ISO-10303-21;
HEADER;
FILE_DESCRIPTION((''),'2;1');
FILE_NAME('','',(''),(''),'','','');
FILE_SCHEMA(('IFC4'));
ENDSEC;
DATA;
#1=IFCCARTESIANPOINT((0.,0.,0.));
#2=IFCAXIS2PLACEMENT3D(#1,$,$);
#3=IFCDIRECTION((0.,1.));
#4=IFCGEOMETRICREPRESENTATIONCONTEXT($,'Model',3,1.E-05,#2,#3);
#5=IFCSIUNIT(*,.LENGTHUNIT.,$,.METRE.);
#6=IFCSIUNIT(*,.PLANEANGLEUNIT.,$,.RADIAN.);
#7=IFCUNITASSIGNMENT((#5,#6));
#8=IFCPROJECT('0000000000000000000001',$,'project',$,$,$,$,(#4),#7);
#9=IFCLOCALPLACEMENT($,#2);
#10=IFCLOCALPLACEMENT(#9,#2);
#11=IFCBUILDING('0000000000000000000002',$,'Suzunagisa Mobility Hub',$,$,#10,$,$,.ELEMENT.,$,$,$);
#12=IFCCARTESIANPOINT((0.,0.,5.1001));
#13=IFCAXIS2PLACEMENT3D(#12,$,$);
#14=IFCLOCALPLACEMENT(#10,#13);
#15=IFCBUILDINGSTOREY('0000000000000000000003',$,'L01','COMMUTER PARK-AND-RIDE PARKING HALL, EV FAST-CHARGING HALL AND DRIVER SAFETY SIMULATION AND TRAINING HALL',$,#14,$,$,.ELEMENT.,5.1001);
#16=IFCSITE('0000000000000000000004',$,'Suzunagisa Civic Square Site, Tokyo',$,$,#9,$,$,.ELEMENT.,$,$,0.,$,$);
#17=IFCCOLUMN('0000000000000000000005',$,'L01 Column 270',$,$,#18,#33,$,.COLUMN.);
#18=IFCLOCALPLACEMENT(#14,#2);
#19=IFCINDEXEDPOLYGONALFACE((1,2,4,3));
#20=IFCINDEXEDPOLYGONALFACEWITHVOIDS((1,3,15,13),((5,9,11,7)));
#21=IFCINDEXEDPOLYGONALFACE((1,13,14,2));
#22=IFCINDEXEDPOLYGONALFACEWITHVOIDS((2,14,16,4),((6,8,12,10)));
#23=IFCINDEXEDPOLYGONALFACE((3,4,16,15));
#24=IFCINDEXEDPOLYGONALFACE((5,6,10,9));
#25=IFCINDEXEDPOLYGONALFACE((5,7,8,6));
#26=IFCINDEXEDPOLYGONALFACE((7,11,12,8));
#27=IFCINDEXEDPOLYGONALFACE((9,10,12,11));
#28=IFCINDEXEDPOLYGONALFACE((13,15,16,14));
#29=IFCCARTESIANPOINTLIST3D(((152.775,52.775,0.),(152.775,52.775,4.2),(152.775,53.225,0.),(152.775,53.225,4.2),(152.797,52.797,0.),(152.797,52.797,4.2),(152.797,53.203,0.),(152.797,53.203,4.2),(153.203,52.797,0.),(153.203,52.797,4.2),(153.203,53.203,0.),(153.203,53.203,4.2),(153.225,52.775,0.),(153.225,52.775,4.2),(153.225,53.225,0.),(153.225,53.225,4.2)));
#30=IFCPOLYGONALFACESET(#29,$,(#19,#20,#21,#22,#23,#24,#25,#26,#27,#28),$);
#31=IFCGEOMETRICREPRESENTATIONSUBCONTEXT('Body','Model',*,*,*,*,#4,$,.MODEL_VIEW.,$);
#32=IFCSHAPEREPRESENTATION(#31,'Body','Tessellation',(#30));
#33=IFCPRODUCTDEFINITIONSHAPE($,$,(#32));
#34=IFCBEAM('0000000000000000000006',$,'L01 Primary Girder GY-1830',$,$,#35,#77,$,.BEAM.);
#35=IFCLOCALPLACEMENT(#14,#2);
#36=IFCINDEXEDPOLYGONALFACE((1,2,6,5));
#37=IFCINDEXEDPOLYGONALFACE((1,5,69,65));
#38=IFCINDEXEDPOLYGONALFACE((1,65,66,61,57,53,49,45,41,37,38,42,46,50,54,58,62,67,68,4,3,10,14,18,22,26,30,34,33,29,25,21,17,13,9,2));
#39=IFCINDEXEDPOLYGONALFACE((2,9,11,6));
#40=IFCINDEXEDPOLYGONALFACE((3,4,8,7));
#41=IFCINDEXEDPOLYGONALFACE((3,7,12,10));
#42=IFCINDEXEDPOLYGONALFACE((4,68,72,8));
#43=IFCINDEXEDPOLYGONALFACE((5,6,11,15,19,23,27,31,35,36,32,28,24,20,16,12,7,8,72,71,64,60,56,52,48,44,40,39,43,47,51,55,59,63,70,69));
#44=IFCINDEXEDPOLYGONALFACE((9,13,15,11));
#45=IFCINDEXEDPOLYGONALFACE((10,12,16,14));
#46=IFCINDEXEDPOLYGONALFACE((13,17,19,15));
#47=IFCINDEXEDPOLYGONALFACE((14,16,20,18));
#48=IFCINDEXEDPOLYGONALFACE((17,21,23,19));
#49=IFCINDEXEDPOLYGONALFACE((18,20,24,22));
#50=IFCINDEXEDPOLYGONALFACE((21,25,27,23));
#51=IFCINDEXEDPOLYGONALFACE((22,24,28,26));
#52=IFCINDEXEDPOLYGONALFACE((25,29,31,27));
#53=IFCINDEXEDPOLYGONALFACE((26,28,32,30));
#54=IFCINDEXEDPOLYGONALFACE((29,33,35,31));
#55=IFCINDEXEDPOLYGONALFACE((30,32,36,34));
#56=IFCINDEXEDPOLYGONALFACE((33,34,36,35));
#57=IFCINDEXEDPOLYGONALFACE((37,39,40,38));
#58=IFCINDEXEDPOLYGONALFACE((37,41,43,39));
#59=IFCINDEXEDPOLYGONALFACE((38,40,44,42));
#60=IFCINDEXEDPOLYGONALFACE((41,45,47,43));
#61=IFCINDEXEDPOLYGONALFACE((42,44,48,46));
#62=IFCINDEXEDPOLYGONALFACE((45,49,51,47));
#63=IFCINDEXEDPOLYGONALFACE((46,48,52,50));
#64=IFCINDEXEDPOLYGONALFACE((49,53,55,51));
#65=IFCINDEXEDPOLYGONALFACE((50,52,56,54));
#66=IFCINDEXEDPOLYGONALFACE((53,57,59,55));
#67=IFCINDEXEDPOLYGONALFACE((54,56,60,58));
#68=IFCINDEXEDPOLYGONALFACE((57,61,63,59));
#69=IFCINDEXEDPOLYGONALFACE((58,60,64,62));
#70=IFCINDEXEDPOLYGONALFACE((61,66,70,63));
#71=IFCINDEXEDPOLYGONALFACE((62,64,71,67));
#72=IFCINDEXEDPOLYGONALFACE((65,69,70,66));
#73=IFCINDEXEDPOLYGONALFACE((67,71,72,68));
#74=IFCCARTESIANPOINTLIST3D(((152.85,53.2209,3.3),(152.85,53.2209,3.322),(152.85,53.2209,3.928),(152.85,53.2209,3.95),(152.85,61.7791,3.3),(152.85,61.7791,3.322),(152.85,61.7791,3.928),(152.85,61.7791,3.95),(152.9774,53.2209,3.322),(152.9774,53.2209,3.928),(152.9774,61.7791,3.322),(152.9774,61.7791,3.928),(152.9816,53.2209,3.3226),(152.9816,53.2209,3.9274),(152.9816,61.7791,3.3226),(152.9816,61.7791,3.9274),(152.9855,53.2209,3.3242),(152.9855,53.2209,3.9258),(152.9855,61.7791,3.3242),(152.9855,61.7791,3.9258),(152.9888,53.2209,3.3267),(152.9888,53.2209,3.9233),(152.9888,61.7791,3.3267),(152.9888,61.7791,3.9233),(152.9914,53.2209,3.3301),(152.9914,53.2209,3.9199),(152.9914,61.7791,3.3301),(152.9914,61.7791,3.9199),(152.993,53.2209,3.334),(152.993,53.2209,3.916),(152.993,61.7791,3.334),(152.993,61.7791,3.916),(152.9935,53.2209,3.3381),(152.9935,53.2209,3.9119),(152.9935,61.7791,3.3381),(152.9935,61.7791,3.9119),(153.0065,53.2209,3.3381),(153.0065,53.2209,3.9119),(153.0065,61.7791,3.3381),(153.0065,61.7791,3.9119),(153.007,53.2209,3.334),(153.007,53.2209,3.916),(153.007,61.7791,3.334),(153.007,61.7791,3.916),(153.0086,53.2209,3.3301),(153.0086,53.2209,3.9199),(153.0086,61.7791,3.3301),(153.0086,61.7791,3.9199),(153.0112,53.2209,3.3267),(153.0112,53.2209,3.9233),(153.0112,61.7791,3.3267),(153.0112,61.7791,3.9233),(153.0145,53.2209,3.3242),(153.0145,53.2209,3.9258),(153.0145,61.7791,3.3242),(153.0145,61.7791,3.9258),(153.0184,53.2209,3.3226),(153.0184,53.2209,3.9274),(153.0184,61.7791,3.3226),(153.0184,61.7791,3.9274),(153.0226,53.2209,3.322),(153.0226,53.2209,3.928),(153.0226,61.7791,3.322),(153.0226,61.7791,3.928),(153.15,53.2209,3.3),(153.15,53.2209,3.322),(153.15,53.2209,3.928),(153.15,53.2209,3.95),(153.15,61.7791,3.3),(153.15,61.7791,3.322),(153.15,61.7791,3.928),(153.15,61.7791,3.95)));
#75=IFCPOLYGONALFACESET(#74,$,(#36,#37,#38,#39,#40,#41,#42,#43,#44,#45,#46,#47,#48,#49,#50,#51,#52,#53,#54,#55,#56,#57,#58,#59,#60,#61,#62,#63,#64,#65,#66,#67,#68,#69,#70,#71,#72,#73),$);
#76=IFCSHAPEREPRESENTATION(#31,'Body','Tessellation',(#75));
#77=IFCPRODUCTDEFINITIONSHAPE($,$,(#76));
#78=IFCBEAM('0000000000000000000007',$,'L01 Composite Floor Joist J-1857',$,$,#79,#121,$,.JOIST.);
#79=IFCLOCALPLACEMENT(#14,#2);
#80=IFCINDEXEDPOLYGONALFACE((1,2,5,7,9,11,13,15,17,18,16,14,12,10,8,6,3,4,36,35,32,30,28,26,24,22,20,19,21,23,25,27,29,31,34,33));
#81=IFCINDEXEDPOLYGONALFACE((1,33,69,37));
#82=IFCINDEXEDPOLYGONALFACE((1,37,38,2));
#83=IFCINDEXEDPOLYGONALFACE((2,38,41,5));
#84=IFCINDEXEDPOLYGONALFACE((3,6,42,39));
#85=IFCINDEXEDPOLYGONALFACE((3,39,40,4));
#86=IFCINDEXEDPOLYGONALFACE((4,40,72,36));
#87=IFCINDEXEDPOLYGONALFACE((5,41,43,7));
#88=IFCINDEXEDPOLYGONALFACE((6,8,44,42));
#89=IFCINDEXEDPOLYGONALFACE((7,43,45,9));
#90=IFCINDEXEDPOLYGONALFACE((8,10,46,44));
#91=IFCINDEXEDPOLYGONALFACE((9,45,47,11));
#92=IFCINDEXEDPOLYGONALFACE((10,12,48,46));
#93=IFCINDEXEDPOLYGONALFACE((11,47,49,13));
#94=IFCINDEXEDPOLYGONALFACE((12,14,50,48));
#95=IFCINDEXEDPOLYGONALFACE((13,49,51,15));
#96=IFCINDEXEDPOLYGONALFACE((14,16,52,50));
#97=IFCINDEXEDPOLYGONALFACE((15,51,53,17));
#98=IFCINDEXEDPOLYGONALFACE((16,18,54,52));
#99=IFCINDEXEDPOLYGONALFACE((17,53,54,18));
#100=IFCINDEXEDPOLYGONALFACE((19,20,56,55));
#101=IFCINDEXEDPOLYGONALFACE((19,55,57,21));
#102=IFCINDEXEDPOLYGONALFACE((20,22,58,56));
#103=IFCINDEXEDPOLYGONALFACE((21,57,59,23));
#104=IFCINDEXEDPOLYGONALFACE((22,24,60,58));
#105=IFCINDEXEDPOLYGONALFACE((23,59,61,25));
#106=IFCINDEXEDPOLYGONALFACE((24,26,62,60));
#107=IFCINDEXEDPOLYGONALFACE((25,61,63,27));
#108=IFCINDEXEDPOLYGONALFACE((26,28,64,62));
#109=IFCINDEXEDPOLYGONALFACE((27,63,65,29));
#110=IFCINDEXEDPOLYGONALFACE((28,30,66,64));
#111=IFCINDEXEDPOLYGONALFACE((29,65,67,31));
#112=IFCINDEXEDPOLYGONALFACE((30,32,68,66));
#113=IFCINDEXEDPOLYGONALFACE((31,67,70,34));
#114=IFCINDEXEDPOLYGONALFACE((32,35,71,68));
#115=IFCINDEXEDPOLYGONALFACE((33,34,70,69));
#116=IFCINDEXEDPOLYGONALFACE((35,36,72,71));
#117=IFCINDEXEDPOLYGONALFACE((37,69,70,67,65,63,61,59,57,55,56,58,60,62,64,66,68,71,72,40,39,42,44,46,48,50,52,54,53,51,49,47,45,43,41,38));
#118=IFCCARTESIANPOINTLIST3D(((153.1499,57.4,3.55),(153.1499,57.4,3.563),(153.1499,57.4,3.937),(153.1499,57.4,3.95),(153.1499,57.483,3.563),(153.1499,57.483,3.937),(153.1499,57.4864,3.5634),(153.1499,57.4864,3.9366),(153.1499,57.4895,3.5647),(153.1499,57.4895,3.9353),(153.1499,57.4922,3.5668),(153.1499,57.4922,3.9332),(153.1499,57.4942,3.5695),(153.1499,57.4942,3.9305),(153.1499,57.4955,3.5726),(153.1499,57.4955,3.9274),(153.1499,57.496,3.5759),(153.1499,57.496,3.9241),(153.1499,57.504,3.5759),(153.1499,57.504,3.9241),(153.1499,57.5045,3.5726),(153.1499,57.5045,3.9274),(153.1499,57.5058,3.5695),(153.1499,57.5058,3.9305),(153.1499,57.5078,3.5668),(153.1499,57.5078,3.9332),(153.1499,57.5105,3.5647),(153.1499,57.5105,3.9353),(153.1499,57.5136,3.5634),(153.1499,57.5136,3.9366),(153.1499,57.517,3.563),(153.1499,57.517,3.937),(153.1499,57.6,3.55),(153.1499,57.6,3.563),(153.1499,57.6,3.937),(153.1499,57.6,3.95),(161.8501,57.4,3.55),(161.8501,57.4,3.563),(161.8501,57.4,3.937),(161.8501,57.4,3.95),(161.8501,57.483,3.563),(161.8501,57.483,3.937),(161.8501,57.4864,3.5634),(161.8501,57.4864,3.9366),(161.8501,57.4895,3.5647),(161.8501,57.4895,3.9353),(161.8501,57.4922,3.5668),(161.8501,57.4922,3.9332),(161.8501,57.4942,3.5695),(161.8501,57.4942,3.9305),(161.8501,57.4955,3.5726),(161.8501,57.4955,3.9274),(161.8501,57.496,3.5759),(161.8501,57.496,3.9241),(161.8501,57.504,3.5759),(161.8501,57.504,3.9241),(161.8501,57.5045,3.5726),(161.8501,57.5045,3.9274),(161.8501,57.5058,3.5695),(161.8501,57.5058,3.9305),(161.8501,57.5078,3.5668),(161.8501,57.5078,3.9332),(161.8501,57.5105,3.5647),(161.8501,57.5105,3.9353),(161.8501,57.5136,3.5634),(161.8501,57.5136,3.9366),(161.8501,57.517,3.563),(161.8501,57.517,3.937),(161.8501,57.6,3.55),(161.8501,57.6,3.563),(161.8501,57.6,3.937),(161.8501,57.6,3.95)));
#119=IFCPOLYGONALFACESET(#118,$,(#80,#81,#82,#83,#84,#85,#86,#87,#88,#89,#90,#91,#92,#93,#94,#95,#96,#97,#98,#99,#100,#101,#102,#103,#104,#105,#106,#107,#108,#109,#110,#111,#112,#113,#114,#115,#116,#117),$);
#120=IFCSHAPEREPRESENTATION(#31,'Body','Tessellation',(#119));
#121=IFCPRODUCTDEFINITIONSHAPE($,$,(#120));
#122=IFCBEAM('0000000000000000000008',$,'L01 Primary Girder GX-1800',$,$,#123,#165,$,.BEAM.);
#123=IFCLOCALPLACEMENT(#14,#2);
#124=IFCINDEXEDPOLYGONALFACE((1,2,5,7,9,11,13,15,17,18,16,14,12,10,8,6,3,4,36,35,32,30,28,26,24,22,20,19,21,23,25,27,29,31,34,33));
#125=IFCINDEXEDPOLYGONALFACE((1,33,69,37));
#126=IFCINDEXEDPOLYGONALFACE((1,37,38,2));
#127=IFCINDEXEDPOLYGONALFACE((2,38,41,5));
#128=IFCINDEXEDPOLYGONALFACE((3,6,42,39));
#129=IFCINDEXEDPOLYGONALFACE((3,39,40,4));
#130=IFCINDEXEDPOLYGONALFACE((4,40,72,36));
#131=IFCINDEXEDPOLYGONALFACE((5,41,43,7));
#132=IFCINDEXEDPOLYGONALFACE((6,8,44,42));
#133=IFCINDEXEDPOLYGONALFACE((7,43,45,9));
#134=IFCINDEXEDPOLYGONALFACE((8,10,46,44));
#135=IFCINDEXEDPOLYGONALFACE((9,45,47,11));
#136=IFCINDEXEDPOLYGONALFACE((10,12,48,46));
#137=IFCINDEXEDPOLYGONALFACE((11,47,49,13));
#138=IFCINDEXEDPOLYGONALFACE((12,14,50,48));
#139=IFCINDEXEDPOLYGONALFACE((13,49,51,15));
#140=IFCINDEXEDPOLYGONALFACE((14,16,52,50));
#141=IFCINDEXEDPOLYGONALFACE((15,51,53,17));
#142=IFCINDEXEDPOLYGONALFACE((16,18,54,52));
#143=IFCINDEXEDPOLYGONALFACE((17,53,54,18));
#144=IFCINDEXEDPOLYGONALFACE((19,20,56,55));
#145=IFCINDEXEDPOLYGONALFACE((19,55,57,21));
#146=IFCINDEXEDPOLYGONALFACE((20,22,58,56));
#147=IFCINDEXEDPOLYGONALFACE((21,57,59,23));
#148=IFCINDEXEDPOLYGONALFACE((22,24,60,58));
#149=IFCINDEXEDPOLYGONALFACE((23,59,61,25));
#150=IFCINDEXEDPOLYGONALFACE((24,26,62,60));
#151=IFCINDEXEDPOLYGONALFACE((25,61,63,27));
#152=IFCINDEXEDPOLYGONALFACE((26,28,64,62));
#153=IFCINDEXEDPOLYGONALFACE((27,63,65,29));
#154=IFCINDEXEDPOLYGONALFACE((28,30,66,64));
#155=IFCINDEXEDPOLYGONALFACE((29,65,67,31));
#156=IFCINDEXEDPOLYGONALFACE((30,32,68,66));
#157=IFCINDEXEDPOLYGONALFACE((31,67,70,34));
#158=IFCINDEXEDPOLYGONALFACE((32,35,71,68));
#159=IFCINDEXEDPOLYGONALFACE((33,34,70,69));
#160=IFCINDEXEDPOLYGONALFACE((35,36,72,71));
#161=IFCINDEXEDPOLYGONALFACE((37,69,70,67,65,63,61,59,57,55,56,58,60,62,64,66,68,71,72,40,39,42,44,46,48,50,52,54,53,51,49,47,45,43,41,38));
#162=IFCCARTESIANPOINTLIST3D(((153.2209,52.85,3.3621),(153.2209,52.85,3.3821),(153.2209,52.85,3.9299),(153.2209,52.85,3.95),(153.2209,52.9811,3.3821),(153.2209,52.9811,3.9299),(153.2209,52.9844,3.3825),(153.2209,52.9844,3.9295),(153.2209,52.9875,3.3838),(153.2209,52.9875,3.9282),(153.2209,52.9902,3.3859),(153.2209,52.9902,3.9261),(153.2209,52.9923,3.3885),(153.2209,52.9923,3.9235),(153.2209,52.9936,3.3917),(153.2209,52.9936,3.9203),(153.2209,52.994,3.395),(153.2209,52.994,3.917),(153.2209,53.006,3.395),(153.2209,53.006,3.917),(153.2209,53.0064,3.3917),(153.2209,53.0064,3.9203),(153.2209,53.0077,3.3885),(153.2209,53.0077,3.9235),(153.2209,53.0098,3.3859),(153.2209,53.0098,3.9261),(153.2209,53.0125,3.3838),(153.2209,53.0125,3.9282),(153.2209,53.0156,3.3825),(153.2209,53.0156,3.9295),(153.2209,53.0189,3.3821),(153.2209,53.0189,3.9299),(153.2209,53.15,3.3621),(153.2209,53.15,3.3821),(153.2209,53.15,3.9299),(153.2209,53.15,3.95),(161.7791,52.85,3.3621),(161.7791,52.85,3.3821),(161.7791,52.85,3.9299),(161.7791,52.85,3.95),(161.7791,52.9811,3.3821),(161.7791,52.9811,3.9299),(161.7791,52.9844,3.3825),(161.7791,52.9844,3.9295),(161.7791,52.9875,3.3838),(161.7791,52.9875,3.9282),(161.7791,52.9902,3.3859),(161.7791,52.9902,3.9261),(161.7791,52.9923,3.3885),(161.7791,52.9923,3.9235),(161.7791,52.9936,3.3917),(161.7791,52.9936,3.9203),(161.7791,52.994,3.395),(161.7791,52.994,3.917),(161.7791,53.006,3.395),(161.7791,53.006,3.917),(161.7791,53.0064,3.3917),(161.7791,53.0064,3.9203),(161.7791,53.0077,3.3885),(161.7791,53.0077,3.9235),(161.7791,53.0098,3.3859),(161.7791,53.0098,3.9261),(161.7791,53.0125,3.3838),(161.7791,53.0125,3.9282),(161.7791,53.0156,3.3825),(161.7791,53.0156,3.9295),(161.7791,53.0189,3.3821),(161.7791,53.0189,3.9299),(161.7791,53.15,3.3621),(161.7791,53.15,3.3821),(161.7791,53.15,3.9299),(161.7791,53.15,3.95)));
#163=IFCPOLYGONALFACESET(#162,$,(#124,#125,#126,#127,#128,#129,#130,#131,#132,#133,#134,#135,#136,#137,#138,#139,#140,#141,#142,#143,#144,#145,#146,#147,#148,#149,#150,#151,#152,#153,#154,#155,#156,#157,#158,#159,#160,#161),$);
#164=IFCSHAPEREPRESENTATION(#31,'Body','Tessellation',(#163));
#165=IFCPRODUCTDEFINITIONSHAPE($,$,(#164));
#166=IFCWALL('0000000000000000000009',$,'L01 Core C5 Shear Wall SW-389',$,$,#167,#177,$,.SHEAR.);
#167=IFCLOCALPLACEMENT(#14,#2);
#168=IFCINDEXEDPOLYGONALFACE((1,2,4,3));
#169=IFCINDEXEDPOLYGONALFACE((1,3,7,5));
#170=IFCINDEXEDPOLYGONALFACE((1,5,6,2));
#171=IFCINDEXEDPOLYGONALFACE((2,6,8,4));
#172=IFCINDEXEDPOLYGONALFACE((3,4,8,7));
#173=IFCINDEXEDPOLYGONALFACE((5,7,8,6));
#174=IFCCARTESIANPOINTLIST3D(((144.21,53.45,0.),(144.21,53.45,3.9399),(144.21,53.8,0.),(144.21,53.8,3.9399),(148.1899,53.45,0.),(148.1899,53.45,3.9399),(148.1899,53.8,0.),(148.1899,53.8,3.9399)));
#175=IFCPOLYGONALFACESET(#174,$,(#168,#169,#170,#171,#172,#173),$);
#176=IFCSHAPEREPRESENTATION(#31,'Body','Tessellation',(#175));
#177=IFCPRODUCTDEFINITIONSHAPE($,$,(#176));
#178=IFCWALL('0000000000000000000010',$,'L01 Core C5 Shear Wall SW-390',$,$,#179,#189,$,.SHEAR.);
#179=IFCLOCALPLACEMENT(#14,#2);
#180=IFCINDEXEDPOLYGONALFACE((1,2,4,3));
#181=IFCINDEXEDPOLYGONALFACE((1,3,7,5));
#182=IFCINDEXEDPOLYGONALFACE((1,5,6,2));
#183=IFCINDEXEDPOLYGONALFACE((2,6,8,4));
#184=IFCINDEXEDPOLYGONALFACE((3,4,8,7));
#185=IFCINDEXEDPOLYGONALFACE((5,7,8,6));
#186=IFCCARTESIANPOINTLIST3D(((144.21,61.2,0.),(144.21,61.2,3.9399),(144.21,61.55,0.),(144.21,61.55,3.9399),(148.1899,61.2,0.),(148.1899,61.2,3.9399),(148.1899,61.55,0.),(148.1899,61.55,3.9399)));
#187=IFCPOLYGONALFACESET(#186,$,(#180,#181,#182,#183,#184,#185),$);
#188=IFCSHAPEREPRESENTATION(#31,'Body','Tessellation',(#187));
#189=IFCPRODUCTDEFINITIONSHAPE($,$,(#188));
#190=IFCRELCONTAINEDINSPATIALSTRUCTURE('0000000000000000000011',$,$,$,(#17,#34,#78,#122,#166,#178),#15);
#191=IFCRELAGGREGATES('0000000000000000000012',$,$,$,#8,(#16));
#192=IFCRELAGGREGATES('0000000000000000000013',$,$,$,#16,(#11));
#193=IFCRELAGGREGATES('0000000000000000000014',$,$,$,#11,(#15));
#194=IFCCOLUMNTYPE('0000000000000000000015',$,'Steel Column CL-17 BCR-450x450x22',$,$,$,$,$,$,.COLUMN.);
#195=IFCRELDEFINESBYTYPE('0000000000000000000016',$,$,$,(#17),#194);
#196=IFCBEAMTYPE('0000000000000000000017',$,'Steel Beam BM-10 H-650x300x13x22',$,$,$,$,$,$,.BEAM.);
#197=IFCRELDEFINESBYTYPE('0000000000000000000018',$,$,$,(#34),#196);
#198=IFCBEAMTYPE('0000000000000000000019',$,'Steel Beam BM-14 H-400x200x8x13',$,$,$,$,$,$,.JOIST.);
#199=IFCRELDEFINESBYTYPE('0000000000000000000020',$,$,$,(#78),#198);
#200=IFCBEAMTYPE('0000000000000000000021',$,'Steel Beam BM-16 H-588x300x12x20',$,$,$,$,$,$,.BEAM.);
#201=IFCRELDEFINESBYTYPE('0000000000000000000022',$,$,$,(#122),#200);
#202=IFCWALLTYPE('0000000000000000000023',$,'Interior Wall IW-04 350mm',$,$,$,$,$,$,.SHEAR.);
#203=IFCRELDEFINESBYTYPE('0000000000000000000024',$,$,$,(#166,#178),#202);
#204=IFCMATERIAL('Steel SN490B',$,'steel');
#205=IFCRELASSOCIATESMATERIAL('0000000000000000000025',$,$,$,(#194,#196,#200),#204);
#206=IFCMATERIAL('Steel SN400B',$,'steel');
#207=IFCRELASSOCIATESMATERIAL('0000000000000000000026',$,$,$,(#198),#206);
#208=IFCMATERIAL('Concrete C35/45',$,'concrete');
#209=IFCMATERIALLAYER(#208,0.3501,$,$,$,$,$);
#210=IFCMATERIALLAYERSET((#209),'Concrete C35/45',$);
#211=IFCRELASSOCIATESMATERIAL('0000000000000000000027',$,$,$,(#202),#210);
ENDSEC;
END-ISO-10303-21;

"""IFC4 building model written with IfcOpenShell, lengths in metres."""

from ifc_helpers import new_model, si_unit, direction, frame, frame_2d, origin, origin_2d, place, context, subcontext, project, spatial, rectangle, hollow_rectangle, i_section, extrude, material, layer, layer_set, material_profile, profile_set, type_object, element, save


model = new_model("IFC4")

# Units and contexts
model_context = context("Model", 3, precision=1e-05, world=origin(), true_north=direction((0.0, 1.0)))
body_context = subcontext(model_context, "Body", "Model", "MODEL_VIEW")
ifc_project = project(units=[si_unit("LENGTHUNIT", "METRE"), si_unit("PLANEANGLEUNIT", "RADIAN")], contexts=[model_context])

# Site, building, storey
site_placement = place(None, origin())
site = spatial("IfcSite", under=ifc_project, at=site_placement, Name="Suzunagisa Civic Square Site, Tokyo", CompositionType="ELEMENT", RefElevation=0.0)
building_placement = place(site_placement, origin())
building = spatial("IfcBuilding", under=site, at=building_placement, Name="Suzunagisa Mobility Hub", CompositionType="ELEMENT")
storey_placement = place(building_placement, frame((0.0, 0.0, 5.1001)))
storey = spatial("IfcBuildingStorey", under=building, at=storey_placement, Name="L01", Description="COMMUTER PARK-AND-RIDE PARKING HALL, EV FAST-CHARGING HALL AND DRIVER SAFETY SIMULATION AND TRAINING HALL", CompositionType="ELEMENT", Elevation=5.1001)

# Column
ifc_material_1 = material(Name="Steel SN490B", Category="steel")
ifc_material_profile_1 = material_profile(ifc_material_1, hollow_rectangle(XDim=0.45, YDim=0.45, WallThickness=0.022, at=origin_2d()), Name="BCR-450x450x22")
ifc_profile_set_1 = profile_set([ifc_material_profile_1], Name="Steel SN490B")
column_type = type_object("IfcColumnType", Name="Steel Column CL-17 BCR-450x450x22", PredefinedType="COLUMN", material=ifc_profile_set_1)
column_placement = place(storey_placement, frame((153.0, 53.0, 0.0), z_axis=(0.0, 0.0, 1.0), x_axis=(1.0, 0.0, 0.0)))
element("IfcColumn", 1, at=column_placement, inside=storey, type_object=column_type, Name="L01 Column 270", PredefinedType="COLUMN", context=body_context, shape_type="SweptSolid", body=[
    extrude(hollow_rectangle(XDim=0.45, YDim=0.45, WallThickness=0.022, at=origin_2d()), origin(), (0.0, 0.0, 1.0), 4.2),
])

# Beams
ifc_material_profile_2 = material_profile(ifc_material_1, i_section(OverallWidth=0.3, OverallDepth=0.6499, WebThickness=0.0129, FlangeThickness=0.022, FilletRadius=0.0161, at=origin_2d()), Name="H-650x300x13x22")
ifc_profile_set_2 = profile_set([ifc_material_profile_2], Name="Steel SN490B")
beam_type_1 = type_object("IfcBeamType", Name="Steel Beam BM-10 H-650x300x13x22", PredefinedType="BEAM", material=ifc_profile_set_2)
beam_1_placement = place(storey_placement, frame((153.0, 53.2209, 3.625), z_axis=(0.0, 1.0, 0.0), x_axis=(-1.0, 0.0, 0.0)))
element("IfcBeam", 2, at=beam_1_placement, inside=storey, type_object=beam_type_1, Name="L01 Primary Girder GY-1830", PredefinedType="BEAM", context=body_context, shape_type="SweptSolid", body=[
    extrude(i_section(OverallWidth=0.3, OverallDepth=0.6499, WebThickness=0.0129, FlangeThickness=0.022, FilletRadius=0.0161, at=origin_2d()), origin(), (0.0, 0.0, 1.0), 8.5581),
])
ifc_material_2 = material(Name="Steel SN400B", Category="steel")
ifc_material_profile_3 = material_profile(ifc_material_2, i_section(OverallWidth=0.2, OverallDepth=0.3999, WebThickness=0.0081, FlangeThickness=0.0129, FilletRadius=0.0129, at=origin_2d()), Name="H-400x200x8x13")
ifc_profile_set_3 = profile_set([ifc_material_profile_3], Name="Steel SN400B")
beam_type_2 = type_object("IfcBeamType", Name="Steel Beam BM-14 H-400x200x8x13", PredefinedType="JOIST", material=ifc_profile_set_3)
beam_2_placement = place(storey_placement, frame((153.1499, 57.5, 3.75), z_axis=(1.0, 0.0, 0.0), x_axis=(0.0, 1.0, 0.0)))
element("IfcBeam", 3, at=beam_2_placement, inside=storey, type_object=beam_type_2, Name="L01 Composite Floor Joist J-1857", PredefinedType="JOIST", context=body_context, shape_type="SweptSolid", body=[
    extrude(i_section(OverallWidth=0.2, OverallDepth=0.3999, WebThickness=0.0081, FlangeThickness=0.0129, FilletRadius=0.0129, at=origin_2d()), origin(), (0.0, 0.0, 1.0), 8.7002),
])
ifc_material_profile_4 = material_profile(ifc_material_1, i_section(OverallWidth=0.3, OverallDepth=0.5879, WebThickness=0.012, FlangeThickness=0.02, FilletRadius=0.0129, at=origin_2d()), Name="H-588x300x12x20")
ifc_profile_set_4 = profile_set([ifc_material_profile_4], Name="Steel SN490B")
beam_type_3 = type_object("IfcBeamType", Name="Steel Beam BM-16 H-588x300x12x20", PredefinedType="BEAM", material=ifc_profile_set_4)
beam_3_placement = place(storey_placement, frame((153.2209, 53.0, 3.656), z_axis=(1.0, 0.0, 0.0), x_axis=(0.0, 1.0, 0.0)))
element("IfcBeam", 4, at=beam_3_placement, inside=storey, type_object=beam_type_3, Name="L01 Primary Girder GX-1800", PredefinedType="BEAM", context=body_context, shape_type="SweptSolid", body=[
    extrude(i_section(OverallWidth=0.3, OverallDepth=0.5879, WebThickness=0.012, FlangeThickness=0.02, FilletRadius=0.0129, at=origin_2d()), origin(), (0.0, 0.0, 1.0), 8.5581),
])

# Walls
ifc_material_3 = material(Name="Concrete C35/45", Category="concrete")
ifc_layer = layer(ifc_material_3, 0.3501)
ifc_layer_set = layer_set([ifc_layer], Name="Concrete C35/45")
wall_type = type_object("IfcWallType", Name="Interior Wall IW-04 350mm", PredefinedType="SHEAR", material=ifc_layer_set)
for number, where, z_axis, x_axis, name in (
    (5, (144.21, 53.625, 0.0), (0.0, 0.0, 1.0), (1.0, 0.0, 0.0), "L01 Core C5 Shear Wall SW-389"),
    (6, (144.21, 61.375, 0.0), (0.0, 0.0, 1.0), (1.0, 0.0, 0.0), "L01 Core C5 Shear Wall SW-390"),
):
    element("IfcWall", number, at=place(storey_placement, frame(where, z_axis=z_axis, x_axis=x_axis)), inside=storey, type_object=wall_type, Name=name, PredefinedType="SHEAR", context=body_context, shape_type="SweptSolid", body=[
        extrude(rectangle(XDim=3.98, YDim=0.3501, at=frame_2d((1.99, 0.0))), origin(), (0.0, 0.0, 1.0), 3.9399),
    ])

save(model, "model.ifc")
